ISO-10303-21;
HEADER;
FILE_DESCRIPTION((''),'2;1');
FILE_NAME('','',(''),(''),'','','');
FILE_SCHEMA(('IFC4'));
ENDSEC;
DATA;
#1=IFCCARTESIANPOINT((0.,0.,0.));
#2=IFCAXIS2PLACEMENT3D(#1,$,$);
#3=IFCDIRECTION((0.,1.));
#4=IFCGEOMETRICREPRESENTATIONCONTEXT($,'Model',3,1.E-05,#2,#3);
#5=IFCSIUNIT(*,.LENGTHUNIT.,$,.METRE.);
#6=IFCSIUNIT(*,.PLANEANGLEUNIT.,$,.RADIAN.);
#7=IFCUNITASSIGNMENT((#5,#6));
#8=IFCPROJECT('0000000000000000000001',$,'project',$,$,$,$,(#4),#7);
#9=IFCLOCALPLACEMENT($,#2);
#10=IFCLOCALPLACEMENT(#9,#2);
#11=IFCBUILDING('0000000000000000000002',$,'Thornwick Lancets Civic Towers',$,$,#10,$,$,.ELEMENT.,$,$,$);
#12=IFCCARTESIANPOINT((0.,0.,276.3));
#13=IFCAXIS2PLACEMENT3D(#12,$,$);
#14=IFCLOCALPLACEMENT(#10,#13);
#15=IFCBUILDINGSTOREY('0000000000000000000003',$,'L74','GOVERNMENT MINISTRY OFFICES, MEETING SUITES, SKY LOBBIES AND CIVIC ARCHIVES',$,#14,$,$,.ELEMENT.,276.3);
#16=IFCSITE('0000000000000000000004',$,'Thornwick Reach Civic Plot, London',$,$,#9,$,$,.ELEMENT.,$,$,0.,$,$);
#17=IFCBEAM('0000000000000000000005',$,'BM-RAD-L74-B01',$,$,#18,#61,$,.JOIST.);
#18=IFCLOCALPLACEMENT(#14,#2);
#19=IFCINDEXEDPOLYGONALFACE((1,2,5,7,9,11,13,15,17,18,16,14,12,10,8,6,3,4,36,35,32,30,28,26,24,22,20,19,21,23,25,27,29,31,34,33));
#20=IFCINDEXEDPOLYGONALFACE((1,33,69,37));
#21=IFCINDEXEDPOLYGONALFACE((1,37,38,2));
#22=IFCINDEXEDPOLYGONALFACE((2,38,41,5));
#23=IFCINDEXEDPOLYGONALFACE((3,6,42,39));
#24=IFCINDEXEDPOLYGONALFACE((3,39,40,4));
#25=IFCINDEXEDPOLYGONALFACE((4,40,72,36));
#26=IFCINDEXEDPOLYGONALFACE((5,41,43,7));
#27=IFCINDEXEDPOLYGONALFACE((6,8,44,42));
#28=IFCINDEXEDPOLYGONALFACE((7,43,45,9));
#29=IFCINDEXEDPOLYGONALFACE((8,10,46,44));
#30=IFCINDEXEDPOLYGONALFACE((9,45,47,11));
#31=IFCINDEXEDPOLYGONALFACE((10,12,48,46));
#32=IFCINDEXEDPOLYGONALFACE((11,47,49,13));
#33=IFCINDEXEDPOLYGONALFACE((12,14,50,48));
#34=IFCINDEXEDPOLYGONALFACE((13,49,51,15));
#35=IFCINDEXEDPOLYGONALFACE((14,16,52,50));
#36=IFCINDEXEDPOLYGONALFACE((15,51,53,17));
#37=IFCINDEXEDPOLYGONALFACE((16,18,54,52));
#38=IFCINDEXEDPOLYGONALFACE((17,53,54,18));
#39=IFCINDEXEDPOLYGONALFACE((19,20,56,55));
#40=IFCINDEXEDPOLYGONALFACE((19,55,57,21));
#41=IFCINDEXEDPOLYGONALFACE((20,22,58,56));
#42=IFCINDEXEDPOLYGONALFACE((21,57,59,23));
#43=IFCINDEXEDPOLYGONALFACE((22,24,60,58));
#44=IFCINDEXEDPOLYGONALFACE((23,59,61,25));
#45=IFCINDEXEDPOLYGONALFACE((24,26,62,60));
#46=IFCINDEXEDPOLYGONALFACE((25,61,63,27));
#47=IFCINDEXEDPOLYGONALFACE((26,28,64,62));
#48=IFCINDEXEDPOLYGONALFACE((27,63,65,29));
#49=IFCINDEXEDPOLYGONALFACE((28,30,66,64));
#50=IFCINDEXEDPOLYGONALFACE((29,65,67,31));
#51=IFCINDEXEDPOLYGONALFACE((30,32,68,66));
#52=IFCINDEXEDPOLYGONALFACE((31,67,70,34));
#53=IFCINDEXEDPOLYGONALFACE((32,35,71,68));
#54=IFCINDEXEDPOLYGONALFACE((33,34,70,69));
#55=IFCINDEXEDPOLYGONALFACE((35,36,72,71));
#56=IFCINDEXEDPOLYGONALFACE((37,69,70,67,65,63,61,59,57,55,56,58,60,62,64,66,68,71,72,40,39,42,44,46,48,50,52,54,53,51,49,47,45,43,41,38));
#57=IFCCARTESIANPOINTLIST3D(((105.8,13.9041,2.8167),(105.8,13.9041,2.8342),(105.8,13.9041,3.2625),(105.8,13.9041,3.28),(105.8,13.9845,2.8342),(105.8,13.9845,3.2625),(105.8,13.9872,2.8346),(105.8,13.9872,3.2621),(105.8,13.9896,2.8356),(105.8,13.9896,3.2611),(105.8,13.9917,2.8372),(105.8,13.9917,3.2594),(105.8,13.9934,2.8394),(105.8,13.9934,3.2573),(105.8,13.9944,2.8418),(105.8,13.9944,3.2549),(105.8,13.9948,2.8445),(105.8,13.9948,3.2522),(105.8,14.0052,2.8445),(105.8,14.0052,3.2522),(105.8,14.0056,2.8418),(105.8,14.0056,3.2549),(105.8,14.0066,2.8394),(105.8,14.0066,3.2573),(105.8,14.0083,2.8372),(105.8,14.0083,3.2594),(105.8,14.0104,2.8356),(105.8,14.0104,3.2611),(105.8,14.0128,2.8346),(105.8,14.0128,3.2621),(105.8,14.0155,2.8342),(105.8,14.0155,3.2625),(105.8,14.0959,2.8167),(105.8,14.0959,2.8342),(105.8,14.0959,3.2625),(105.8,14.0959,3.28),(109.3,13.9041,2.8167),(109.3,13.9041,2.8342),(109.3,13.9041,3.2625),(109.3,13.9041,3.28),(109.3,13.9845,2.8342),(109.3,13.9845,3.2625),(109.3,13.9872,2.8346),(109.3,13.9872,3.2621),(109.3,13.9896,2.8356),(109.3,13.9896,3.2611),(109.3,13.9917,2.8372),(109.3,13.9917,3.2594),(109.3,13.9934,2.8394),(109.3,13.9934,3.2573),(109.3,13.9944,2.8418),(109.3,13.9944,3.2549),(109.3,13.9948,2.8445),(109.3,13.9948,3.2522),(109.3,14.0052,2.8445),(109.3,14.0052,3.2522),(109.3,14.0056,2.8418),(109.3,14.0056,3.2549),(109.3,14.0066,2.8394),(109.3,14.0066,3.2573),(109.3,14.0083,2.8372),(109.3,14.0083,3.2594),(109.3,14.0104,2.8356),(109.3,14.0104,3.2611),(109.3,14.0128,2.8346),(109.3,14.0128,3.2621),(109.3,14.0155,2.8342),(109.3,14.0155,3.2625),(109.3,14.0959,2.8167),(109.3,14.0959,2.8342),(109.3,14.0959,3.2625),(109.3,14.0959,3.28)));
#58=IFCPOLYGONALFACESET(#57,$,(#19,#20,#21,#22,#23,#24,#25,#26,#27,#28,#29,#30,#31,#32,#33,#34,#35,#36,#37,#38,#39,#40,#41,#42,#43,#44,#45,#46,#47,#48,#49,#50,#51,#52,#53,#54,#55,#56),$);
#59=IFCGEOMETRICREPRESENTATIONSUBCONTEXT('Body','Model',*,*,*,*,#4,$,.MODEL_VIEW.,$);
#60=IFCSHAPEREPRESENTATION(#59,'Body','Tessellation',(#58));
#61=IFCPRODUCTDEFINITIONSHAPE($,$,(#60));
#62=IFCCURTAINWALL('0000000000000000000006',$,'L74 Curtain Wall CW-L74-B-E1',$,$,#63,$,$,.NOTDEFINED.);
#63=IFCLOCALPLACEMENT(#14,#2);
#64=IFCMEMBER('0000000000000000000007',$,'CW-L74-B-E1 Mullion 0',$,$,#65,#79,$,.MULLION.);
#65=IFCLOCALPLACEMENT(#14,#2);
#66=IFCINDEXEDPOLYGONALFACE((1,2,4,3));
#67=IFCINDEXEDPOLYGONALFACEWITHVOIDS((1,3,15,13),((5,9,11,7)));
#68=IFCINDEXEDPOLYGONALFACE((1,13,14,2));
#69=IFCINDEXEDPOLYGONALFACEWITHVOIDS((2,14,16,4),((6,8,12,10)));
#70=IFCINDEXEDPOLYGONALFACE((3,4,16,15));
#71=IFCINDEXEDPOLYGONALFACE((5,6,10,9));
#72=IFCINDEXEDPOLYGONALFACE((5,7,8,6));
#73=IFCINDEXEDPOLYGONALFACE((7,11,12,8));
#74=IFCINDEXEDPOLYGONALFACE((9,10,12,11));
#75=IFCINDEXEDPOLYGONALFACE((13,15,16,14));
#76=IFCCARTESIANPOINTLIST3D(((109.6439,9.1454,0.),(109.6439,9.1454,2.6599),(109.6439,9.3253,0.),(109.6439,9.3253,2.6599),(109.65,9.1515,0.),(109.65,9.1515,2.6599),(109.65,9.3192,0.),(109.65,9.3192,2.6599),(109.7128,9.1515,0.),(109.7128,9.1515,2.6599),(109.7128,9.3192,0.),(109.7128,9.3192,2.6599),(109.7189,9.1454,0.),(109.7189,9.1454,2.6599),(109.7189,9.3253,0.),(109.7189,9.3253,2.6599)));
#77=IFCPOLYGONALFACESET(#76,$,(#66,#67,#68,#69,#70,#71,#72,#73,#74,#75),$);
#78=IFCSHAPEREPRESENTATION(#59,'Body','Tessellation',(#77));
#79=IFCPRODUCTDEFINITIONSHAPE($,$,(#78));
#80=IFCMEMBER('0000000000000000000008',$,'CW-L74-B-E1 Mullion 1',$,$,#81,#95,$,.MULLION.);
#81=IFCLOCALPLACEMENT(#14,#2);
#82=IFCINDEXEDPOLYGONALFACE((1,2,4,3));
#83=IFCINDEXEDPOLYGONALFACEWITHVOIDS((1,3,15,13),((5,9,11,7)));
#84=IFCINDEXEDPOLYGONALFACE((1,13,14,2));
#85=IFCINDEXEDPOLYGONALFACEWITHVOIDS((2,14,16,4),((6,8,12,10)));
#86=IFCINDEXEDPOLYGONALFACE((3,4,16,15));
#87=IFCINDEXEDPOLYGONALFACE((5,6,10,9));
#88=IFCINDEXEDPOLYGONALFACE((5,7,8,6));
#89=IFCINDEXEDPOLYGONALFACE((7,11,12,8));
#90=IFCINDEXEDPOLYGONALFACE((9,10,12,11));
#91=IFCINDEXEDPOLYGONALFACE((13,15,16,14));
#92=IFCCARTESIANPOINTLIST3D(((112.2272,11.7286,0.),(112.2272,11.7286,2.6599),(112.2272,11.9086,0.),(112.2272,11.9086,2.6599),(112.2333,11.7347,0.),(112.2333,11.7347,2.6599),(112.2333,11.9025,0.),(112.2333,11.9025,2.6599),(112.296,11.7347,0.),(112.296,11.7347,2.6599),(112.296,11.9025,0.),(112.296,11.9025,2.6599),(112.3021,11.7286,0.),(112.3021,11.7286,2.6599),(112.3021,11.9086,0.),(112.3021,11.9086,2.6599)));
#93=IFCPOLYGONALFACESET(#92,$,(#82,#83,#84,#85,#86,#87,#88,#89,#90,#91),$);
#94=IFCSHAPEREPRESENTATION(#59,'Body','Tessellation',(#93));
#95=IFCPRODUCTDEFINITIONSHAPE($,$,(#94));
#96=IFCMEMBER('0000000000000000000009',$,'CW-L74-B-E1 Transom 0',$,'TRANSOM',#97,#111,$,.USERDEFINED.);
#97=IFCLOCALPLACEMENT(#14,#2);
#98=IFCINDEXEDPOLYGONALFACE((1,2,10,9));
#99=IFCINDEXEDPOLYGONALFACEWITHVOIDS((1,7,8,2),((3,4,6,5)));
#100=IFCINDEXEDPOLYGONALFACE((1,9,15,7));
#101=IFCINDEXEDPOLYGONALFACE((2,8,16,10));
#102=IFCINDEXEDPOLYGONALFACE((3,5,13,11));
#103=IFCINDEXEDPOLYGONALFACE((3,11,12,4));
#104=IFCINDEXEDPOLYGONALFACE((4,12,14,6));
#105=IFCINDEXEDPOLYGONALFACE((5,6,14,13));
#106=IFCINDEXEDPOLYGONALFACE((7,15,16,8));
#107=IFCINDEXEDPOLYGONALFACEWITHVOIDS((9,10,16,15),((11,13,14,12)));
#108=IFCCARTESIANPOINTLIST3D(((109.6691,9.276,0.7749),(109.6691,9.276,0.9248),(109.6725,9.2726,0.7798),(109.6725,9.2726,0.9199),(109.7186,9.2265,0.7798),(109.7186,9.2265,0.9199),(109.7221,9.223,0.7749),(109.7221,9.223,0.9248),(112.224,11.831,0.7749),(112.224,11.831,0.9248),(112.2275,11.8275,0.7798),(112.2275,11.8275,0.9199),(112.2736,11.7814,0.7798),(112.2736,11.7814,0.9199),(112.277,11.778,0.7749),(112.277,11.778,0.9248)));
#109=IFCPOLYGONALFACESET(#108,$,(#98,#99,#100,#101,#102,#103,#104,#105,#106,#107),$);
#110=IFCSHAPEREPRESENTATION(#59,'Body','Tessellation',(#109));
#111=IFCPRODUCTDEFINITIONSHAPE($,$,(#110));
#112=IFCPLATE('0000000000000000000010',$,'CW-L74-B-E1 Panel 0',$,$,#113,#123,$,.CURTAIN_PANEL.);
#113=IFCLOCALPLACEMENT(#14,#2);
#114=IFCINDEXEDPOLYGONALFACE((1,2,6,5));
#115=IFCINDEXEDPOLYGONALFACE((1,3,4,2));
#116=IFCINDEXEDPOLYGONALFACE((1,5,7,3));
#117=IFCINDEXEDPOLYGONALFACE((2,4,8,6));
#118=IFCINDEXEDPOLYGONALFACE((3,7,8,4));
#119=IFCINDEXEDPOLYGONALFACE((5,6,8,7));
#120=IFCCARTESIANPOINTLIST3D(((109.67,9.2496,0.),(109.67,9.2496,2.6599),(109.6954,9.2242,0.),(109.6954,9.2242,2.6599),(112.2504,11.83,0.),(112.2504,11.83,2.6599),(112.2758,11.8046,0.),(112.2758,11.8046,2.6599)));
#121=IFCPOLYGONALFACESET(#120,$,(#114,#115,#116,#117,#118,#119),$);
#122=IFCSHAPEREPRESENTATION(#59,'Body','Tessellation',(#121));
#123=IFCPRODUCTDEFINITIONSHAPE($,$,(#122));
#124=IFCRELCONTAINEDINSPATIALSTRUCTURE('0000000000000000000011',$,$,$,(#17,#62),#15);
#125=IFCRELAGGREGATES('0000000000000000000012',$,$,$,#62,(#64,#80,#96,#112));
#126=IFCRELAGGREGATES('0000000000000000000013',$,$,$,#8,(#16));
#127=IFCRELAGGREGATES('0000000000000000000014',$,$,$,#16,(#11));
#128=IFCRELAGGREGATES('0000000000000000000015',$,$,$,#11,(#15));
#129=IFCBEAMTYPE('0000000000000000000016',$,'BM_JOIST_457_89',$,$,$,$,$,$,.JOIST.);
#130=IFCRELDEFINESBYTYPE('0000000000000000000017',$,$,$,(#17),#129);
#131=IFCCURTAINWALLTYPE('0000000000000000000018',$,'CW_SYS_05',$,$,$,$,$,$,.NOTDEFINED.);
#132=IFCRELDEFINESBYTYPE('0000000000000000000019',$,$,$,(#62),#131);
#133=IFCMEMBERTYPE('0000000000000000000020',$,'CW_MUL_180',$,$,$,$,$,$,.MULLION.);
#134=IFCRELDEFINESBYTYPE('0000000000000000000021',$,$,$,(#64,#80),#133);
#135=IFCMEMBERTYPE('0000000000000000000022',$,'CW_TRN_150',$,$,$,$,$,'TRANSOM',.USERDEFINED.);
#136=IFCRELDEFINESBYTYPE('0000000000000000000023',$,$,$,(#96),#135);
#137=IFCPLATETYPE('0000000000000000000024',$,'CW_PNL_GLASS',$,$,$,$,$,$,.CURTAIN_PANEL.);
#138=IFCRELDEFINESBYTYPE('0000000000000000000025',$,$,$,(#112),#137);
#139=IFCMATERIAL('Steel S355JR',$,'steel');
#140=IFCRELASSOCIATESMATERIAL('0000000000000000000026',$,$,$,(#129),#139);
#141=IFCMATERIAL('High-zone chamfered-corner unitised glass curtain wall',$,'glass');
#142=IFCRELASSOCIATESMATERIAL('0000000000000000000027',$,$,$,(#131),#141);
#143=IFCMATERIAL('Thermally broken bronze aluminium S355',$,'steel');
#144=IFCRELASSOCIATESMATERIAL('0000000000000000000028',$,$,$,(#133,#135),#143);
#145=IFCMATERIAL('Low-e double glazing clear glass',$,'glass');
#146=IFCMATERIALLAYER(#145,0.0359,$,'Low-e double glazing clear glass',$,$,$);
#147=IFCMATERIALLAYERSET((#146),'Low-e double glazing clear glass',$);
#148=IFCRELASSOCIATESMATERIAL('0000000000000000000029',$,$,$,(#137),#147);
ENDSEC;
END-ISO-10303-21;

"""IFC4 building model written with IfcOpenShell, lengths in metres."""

from ifc_helpers import new_model, si_unit, direction, frame, origin, origin_2d, place, context, subcontext, project, spatial, rectangle, hollow_rectangle, i_section, extrude, material, layer, layer_set, material_profile, profile_set, type_object, element, aggregate, save


model = new_model("IFC4")

# Units and contexts
model_context = context("Model", 3, precision=1e-05, world=origin(), true_north=direction((0.0, 1.0)))
body_context = subcontext(model_context, "Body", "Model", "MODEL_VIEW")
ifc_project = project(units=[si_unit("LENGTHUNIT", "METRE"), si_unit("PLANEANGLEUNIT", "RADIAN")], contexts=[model_context])

# Site, building, storey
site_placement = place(None, origin())
site = spatial("IfcSite", under=ifc_project, at=site_placement, Name="Thornwick Reach Civic Plot, London", CompositionType="ELEMENT", RefElevation=0.0)
building_placement = place(site_placement, origin())
building = spatial("IfcBuilding", under=site, at=building_placement, Name="Thornwick Lancets Civic Towers", CompositionType="ELEMENT")
storey_placement = place(building_placement, frame((0.0, 0.0, 276.3)))
storey = spatial("IfcBuildingStorey", under=building, at=storey_placement, Name="L74", Description="GOVERNMENT MINISTRY OFFICES, MEETING SUITES, SKY LOBBIES AND CIVIC ARCHIVES", CompositionType="ELEMENT", Elevation=276.3)

# Shared definitions
ifc_material_1 = material(Name="Steel S355JR", Category="steel")

# Beam
ifc_material_profile_1 = material_profile(ifc_material_1, i_section(OverallWidth=0.1919, OverallDepth=0.4634, WebThickness=0.0105, FlangeThickness=0.0176, FilletRadius=0.0103, at=origin_2d()), Name="UKB 457x191x89")
ifc_profile_set_1 = profile_set([ifc_material_profile_1], Name="Steel S355JR")
beam_type_1 = type_object("IfcBeamType", Name="BM_JOIST_457_89", PredefinedType="JOIST", material=ifc_profile_set_1)
beam_placement = place(storey_placement, frame((105.8, 14.0, 3.0483), z_axis=(1.0, 0.0, 0.0), x_axis=(0.0, 1.0, 0.0)))
element("IfcBeam", 1, at=beam_placement, inside=storey, type_object=beam_type_1, Name="BM-RAD-L74-B01", PredefinedType="JOIST", context=body_context, shape_type="SweptSolid", body=[
    extrude(i_section(OverallWidth=0.1919, OverallDepth=0.4634, WebThickness=0.0105, FlangeThickness=0.0176, FilletRadius=0.0103, at=origin_2d()), origin(), (0.0, 0.0, 1.0), 3.5),
])

# Curtain wall, members, plate
ifc_material_2 = material(Name="High-zone chamfered-corner unitised glass curtain wall", Category="glass")
curtain_wall_type = type_object("IfcCurtainWallType", Name="CW_SYS_05", PredefinedType="NOTDEFINED", material=ifc_material_2)
curtain_wall_placement = place(storey_placement, origin())
curtain_wall = element("IfcCurtainWall", 2, at=curtain_wall_placement, inside=storey, type_object=curtain_wall_type, Name="L74 Curtain Wall CW-L74-B-E1", PredefinedType="NOTDEFINED")
ifc_material_3 = material(Name="Thermally broken bronze aluminium S355", Category="steel")
ifc_material_profile_2 = material_profile(ifc_material_3, hollow_rectangle(XDim=0.075, YDim=0.1799, WallThickness=0.0061, at=origin_2d()), Name="RHS 180x75x6")
ifc_profile_set_2 = profile_set([ifc_material_profile_2], Name="Thermally broken bronze aluminium S355")
member_type_1 = type_object("IfcMemberType", Name="CW_MUL_180", PredefinedType="MULLION", material=ifc_profile_set_2)
member_1_placement = place(storey_placement, frame((109.6814, 9.2354, 0.0), z_axis=(0.0, 0.0, 1.0), x_axis=(1.0, 0.0, 0.0)))
member_1 = element("IfcMember", 3, at=member_1_placement, type_object=member_type_1, Name="CW-L74-B-E1 Mullion 0", PredefinedType="MULLION", context=body_context, shape_type="SweptSolid", body=[
    extrude(hollow_rectangle(XDim=0.075, YDim=0.1799, WallThickness=0.0061, at=origin_2d()), origin(), (0.0, 0.0, 1.0), 2.6599),
])
member_2_placement = place(storey_placement, frame((112.2646, 11.8186, 0.0), z_axis=(0.0, 0.0, 1.0), x_axis=(1.0, 0.0, 0.0)))
member_2 = element("IfcMember", 4, at=member_2_placement, type_object=member_type_1, Name="CW-L74-B-E1 Mullion 1", PredefinedType="MULLION", context=body_context, shape_type="SweptSolid", body=[
    extrude(hollow_rectangle(XDim=0.075, YDim=0.1799, WallThickness=0.0061, at=origin_2d()), origin(), (0.0, 0.0, 1.0), 2.6599),
])
ifc_material_profile_3 = material_profile(ifc_material_3, hollow_rectangle(XDim=0.075, YDim=0.1499, WallThickness=0.0049, at=origin_2d()), Name="RHS 150x75x5")
ifc_profile_set_3 = profile_set([ifc_material_profile_3], Name="Thermally broken bronze aluminium S355")
member_type_2 = type_object("IfcMemberType", Name="CW_TRN_150", ElementType="TRANSOM", PredefinedType="USERDEFINED", material=ifc_profile_set_3)
member_3_placement = place(storey_placement, frame((109.6956, 9.2495, 0.8499), z_axis=(0.707107, 0.707107, 0.0), x_axis=(-0.707107, 0.707107, 0.0)))
member_3 = element("IfcMember", 5, at=member_3_placement, type_object=member_type_2, Name="CW-L74-B-E1 Transom 0", ObjectType="TRANSOM", PredefinedType="USERDEFINED", context=body_context, shape_type="SweptSolid", body=[
    extrude(hollow_rectangle(XDim=0.075, YDim=0.1499, WallThickness=0.0049, at=origin_2d()), origin(), (0.0, 0.0, 1.0), 3.6133),
])
ifc_material_4 = material(Name="Low-e double glazing clear glass", Category="glass")
ifc_layer_1 = layer(ifc_material_4, 0.0359, Name="Low-e double glazing clear glass")
ifc_layer_set_1 = layer_set([ifc_layer_1], Name="Low-e double glazing clear glass")
plate_type = type_object("IfcPlateType", Name="CW_PNL_GLASS", PredefinedType="CURTAIN_PANEL", material=ifc_layer_set_1)
plate_placement = place(storey_placement, frame((110.9729, 10.5271, 0.0), z_axis=(0.0, 0.0, 1.0), x_axis=(0.707107, 0.707107, 0.0)))
plate = element("IfcPlate", 6, at=plate_placement, type_object=plate_type, Name="CW-L74-B-E1 Panel 0", PredefinedType="CURTAIN_PANEL", context=body_context, shape_type="SweptSolid", body=[
    extrude(rectangle(XDim=3.6492, YDim=0.0359, at=origin_2d()), origin(), (0.0, 0.0, 1.0), 2.6599),
])
aggregate(curtain_wall, [member_1, member_2, member_3, plate])

save(model, "model.ifc")
